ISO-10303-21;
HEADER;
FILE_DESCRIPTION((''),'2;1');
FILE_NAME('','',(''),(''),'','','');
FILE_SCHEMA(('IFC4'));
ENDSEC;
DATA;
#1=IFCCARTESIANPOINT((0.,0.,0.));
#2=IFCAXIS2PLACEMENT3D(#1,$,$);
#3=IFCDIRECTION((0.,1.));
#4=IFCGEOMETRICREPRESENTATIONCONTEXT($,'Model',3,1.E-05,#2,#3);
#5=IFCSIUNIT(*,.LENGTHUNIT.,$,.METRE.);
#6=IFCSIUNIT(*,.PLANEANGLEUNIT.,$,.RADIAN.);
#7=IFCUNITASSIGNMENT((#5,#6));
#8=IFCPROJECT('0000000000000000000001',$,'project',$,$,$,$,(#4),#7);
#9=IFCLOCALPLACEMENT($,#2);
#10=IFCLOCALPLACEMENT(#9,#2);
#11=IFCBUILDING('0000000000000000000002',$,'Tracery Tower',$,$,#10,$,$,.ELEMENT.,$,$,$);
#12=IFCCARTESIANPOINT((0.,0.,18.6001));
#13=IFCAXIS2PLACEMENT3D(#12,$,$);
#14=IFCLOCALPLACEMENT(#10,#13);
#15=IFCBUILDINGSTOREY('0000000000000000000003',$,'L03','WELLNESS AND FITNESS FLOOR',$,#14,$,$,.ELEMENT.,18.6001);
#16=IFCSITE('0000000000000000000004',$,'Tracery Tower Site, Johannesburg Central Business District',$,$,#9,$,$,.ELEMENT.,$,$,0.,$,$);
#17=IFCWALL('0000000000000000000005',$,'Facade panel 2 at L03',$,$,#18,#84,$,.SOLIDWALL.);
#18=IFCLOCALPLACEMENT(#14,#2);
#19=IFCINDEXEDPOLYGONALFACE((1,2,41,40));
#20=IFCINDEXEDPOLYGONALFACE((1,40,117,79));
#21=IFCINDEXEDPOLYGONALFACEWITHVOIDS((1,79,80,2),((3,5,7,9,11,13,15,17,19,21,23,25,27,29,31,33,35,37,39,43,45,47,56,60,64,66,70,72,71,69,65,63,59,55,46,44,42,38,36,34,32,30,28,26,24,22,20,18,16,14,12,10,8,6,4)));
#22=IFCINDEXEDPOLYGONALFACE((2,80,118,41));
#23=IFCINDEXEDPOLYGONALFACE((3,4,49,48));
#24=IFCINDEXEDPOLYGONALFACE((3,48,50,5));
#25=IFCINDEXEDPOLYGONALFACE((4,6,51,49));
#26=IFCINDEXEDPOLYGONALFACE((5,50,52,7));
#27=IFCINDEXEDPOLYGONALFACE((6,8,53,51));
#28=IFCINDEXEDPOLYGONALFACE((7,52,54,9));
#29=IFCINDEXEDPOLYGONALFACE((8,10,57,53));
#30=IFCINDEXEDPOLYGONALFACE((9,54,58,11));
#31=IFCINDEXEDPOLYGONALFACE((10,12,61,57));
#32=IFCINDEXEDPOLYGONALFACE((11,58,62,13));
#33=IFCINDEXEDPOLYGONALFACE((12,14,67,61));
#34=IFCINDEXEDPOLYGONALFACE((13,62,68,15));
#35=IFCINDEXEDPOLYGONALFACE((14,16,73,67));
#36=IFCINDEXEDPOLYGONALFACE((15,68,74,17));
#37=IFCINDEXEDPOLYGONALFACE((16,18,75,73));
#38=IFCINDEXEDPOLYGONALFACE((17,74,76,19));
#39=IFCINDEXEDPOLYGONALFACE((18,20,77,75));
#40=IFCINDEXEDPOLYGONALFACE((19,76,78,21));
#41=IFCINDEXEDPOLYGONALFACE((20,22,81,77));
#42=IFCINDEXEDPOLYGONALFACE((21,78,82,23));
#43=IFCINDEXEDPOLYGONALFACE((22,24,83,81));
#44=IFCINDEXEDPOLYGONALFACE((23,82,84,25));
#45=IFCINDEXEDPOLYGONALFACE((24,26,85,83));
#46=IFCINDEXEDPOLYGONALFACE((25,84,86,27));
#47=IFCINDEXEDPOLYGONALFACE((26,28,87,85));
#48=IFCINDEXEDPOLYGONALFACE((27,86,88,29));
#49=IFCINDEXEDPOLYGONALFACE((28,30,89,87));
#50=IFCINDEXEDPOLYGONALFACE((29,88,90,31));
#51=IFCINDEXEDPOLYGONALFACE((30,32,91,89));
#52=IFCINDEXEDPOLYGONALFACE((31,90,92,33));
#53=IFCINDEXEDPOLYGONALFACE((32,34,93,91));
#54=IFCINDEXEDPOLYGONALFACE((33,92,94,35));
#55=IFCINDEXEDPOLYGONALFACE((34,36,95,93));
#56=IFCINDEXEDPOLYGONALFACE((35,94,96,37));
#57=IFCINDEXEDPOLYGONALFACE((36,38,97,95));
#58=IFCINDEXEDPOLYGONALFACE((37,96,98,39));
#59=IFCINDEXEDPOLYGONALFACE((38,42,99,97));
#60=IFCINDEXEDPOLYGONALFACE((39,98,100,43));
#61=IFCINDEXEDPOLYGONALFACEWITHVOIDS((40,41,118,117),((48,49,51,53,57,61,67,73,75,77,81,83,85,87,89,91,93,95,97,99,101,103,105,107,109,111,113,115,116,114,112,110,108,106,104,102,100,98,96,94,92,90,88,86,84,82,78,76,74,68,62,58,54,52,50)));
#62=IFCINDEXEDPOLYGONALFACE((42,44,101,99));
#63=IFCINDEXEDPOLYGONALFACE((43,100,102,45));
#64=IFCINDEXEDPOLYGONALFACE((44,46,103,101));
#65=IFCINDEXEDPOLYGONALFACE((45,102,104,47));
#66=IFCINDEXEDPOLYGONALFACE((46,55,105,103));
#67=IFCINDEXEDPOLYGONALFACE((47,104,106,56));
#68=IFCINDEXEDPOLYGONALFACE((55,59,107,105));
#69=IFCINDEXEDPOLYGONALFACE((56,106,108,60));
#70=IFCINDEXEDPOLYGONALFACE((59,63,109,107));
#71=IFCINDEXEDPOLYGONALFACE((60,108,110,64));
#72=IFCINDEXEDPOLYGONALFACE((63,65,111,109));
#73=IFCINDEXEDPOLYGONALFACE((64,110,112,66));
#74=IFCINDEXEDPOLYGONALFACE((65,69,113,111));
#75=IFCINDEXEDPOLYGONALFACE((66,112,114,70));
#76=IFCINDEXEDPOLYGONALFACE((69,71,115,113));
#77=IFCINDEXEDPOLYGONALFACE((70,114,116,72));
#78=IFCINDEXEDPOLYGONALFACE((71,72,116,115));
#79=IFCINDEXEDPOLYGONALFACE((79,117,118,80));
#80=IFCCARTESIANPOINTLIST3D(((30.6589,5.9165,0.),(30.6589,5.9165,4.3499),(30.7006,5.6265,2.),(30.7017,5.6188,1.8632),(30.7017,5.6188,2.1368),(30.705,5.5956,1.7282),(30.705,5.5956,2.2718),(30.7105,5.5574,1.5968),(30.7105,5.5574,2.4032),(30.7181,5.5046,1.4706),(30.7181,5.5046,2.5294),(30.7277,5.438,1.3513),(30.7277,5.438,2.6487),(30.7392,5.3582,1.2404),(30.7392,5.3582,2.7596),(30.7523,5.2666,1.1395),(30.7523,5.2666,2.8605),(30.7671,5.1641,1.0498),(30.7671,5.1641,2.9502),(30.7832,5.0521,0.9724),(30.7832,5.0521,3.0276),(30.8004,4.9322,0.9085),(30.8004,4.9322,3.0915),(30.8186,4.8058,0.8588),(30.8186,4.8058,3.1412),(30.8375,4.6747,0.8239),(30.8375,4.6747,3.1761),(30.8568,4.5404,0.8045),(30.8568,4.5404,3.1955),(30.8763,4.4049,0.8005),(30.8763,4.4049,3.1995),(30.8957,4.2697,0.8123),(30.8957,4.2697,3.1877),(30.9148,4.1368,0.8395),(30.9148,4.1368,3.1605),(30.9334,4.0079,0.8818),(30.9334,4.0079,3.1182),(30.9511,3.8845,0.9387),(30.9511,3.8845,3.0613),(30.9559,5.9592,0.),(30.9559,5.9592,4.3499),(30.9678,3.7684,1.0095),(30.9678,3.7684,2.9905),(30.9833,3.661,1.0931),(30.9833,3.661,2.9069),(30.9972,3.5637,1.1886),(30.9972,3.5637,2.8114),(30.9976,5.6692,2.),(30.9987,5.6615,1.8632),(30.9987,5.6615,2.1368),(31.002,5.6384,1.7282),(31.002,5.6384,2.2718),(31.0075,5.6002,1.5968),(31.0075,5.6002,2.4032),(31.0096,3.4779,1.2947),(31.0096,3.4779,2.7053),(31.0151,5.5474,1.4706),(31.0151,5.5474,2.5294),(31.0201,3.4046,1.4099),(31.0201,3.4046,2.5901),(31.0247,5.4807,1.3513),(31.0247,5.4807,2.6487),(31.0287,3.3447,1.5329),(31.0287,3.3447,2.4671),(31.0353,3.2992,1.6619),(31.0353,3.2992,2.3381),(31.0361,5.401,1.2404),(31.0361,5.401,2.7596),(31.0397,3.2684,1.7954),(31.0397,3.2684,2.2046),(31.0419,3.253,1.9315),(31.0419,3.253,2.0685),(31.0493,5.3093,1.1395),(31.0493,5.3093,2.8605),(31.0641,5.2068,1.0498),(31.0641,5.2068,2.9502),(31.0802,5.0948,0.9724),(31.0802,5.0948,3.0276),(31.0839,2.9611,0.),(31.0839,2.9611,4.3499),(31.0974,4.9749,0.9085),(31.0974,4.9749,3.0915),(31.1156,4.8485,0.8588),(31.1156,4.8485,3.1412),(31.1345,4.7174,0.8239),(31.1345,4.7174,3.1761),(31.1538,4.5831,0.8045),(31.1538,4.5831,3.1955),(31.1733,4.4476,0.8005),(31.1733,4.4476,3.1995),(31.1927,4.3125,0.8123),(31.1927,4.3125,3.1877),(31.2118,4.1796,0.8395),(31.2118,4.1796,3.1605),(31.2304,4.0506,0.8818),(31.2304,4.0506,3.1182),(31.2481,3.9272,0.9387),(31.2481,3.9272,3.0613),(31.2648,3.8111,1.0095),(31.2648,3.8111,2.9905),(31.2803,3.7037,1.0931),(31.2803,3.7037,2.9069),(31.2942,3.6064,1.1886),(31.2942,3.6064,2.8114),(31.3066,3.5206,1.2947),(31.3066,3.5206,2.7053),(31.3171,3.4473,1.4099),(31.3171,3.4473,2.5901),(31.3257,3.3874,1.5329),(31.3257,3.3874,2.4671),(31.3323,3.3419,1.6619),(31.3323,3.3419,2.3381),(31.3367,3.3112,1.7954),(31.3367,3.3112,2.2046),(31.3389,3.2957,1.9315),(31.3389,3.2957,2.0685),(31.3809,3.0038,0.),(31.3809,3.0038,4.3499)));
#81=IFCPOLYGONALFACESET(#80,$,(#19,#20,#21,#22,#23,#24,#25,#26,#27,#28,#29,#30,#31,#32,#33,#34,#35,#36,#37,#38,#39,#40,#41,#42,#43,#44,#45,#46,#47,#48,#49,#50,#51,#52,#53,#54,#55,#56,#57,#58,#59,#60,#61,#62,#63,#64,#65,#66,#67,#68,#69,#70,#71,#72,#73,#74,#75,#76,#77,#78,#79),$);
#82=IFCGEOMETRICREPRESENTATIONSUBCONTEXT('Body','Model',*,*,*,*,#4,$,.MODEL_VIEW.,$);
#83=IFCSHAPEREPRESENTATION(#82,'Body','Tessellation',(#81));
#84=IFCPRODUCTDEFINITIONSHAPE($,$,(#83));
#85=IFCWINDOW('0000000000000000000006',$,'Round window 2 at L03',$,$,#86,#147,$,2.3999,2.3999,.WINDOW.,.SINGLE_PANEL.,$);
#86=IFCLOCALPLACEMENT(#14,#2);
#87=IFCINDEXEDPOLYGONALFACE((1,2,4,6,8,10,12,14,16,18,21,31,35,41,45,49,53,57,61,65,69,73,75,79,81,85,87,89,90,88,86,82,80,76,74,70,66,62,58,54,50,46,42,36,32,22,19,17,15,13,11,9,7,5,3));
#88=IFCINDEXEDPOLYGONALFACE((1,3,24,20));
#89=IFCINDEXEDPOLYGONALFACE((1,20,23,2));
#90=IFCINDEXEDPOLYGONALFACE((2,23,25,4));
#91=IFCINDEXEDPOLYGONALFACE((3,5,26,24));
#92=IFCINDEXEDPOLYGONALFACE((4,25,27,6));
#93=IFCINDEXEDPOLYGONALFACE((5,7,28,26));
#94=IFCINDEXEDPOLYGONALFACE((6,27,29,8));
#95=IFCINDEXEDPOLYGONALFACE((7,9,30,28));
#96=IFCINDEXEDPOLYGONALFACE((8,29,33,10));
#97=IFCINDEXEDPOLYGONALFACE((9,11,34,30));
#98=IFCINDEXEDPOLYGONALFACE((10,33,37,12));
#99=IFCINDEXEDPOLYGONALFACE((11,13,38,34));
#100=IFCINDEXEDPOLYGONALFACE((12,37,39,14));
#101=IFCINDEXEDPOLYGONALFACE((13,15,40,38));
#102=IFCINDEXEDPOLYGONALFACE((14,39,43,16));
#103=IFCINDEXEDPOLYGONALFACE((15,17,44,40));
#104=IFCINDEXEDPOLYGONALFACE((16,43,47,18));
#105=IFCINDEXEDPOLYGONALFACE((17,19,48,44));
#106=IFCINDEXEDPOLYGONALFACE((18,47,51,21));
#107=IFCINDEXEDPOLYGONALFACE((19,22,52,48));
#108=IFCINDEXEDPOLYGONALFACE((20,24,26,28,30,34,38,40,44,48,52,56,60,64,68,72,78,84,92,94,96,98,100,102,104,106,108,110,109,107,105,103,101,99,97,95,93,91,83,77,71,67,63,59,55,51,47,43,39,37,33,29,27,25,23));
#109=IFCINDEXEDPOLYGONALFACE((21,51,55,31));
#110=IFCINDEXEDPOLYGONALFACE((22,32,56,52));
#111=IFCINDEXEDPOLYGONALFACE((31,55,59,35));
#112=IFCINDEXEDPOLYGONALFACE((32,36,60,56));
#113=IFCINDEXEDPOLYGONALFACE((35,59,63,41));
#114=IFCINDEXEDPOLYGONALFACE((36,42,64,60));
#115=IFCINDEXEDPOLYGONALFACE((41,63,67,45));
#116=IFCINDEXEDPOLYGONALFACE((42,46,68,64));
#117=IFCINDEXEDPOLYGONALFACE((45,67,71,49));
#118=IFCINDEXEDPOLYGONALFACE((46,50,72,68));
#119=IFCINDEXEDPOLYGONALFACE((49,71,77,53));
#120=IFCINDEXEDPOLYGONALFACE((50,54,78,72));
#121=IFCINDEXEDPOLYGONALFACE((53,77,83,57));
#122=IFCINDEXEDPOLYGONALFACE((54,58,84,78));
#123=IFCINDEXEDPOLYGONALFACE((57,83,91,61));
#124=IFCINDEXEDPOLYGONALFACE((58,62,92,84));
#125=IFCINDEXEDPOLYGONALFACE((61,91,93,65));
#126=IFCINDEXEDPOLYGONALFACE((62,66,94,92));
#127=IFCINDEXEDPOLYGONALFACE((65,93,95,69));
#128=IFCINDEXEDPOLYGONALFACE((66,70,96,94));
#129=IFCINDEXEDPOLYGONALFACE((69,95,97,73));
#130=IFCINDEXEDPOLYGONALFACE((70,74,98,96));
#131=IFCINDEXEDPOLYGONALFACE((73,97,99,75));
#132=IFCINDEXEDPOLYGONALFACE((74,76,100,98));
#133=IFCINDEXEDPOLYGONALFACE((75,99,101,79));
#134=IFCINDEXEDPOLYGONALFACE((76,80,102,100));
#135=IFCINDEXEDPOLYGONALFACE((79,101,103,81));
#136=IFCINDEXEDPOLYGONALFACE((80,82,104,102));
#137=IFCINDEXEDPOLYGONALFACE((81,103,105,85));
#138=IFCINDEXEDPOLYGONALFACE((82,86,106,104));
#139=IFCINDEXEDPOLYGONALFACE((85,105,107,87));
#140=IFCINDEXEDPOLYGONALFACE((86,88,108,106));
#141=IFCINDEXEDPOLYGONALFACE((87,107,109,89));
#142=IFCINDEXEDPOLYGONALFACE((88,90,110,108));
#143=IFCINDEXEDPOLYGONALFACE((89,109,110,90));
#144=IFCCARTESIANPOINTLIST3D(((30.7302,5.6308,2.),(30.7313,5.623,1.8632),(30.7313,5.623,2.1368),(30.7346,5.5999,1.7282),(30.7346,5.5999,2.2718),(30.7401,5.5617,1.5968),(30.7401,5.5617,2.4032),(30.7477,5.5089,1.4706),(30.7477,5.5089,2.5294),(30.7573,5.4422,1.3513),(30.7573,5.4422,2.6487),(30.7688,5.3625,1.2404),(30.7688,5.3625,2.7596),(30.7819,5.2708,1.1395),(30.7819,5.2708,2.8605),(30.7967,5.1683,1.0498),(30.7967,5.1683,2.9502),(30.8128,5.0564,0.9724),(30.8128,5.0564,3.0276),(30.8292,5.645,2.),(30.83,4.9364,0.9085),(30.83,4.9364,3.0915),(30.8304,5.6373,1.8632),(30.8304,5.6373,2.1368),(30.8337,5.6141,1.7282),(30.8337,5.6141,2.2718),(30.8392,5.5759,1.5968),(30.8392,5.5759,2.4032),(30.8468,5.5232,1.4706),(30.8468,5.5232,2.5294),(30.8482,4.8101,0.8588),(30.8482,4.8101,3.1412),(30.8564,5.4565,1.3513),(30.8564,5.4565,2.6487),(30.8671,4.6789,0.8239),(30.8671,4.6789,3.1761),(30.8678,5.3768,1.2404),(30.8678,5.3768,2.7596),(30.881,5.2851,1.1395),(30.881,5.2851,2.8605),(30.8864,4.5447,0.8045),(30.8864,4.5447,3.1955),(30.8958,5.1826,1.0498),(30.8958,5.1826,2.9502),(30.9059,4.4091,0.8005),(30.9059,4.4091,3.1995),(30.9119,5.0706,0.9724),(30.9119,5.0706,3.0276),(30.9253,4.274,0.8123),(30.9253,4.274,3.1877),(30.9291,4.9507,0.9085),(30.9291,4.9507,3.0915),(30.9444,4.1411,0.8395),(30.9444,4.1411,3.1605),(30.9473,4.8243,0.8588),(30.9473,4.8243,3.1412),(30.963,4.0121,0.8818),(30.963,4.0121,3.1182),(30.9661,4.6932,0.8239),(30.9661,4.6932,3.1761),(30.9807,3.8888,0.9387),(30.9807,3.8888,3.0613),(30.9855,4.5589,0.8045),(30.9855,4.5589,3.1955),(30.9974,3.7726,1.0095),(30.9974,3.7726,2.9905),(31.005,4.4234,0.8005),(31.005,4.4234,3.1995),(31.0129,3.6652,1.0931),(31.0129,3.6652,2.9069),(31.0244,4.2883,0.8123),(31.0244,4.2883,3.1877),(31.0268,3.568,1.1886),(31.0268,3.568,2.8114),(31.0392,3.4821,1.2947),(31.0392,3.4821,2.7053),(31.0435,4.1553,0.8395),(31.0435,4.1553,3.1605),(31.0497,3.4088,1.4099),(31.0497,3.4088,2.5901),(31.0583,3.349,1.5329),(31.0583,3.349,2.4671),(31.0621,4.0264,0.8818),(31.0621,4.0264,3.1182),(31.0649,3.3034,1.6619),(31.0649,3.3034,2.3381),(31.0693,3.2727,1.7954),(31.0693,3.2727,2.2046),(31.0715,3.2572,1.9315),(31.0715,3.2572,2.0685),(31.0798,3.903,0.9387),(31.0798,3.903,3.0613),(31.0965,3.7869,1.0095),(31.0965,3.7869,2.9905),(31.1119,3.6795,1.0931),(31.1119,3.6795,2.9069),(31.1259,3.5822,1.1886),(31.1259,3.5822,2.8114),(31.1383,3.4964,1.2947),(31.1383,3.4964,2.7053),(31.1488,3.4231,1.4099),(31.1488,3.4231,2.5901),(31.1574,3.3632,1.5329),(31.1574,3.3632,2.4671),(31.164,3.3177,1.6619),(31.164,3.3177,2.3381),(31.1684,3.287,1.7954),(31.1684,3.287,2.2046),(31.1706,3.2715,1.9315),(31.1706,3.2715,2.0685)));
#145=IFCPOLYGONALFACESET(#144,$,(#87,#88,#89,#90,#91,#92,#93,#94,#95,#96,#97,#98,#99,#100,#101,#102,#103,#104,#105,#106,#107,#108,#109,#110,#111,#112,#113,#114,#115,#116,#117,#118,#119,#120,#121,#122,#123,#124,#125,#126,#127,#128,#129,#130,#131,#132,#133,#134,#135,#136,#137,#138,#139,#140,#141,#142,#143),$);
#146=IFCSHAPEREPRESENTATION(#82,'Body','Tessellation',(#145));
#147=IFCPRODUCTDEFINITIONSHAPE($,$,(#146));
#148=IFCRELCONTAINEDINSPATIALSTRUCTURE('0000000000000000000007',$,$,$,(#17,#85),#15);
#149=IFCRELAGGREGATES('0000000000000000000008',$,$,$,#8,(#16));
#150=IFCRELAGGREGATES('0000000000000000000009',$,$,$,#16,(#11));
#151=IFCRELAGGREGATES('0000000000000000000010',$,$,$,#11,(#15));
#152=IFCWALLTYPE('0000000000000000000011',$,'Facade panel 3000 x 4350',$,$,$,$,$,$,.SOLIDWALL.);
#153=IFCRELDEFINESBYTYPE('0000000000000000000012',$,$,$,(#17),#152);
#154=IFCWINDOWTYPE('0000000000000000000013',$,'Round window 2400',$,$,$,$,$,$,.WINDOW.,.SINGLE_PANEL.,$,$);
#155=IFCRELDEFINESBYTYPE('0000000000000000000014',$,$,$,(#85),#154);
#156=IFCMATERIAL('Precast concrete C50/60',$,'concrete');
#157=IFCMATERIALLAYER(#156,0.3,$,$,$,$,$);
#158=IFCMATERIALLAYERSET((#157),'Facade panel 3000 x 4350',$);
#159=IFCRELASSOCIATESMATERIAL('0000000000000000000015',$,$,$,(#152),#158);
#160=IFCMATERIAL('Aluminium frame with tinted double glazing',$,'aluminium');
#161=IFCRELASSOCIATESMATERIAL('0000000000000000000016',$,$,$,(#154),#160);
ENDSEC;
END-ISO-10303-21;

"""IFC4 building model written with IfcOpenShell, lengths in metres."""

from ifc_helpers import new_model, si_unit, direction, frame, frame_2d, origin, origin_2d, place, context, subcontext, project, spatial, rectangle, circle, extrude, material, layer, layer_set, type_object, element, fill, save


model = new_model("IFC4")

# Units and contexts
model_context = context("Model", 3, precision=1e-05, world=origin(), true_north=direction((0.0, 1.0)))
body_context = subcontext(model_context, "Body", "Model", "MODEL_VIEW")
ifc_project = project(units=[si_unit("LENGTHUNIT", "METRE"), si_unit("PLANEANGLEUNIT", "RADIAN")], contexts=[model_context])

# Site, building, storey
site_placement = place(None, origin())
site = spatial("IfcSite", under=ifc_project, at=site_placement, Name="Tracery Tower Site, Johannesburg Central Business District", CompositionType="ELEMENT", RefElevation=0.0)
building_placement = place(site_placement, origin())
building = spatial("IfcBuilding", under=site, at=building_placement, Name="Tracery Tower", CompositionType="ELEMENT")
storey_placement = place(building_placement, frame((0.0, 0.0, 18.6001)))
storey = spatial("IfcBuildingStorey", under=building, at=storey_placement, Name="L03", Description="WELLNESS AND FITNESS FLOOR", CompositionType="ELEMENT", Elevation=18.6001)

# Wall, opening, window
ifc_material_1 = material(Name="Precast concrete C50/60", Category="concrete")
ifc_layer_1 = layer(ifc_material_1, 0.3)
ifc_layer_set_1 = layer_set([ifc_layer_1], Name="Facade panel 3000 x 4350")
wall_type_1 = type_object("IfcWallType", Name="Facade panel 3000 x 4350", PredefinedType="SOLIDWALL", material=ifc_layer_set_1)
ifc_material_2 = material(Name="Aluminium frame with tinted double glazing", Category="aluminium")
window_type = type_object("IfcWindowType", Name="Round window 2400", PartitioningType="SINGLE_PANEL", PredefinedType="WINDOW", material=ifc_material_2)
wall_1_placement = place(storey_placement, frame((31.2324, 2.9824, 0.0), z_axis=(0.0, 0.0, 1.0), x_axis=(-0.14236, 0.989815, 0.0)))
wall_1 = element("IfcWall", 1, at=wall_1_placement, inside=storey, type_object=wall_type_1, Name="Facade panel 2 at L03", PredefinedType="SOLIDWALL", context=body_context, shape_type="SweptSolid", body=[
    extrude(rectangle(XDim=2.9858, YDim=0.3, at=frame_2d((1.4929, 0.0))), origin(), (0.0, 0.0, 1.0), 4.3499),
])
opening_1_placement = place(wall_1_placement, frame((1.4929, 0.0, 2.0)))
opening_1 = element("IfcOpeningElement", 2, at=opening_1_placement, cuts=wall_1, PredefinedType="OPENING", context=body_context, shape_type="SweptSolid", body=[
    extrude(circle(Radius=1.2, at=origin_2d()), frame((0.0, 0.1599, 0.0), z_axis=(0.0, -1.0, 0.0), x_axis=(1.0, 0.0, 0.0)), (0.0, 0.0, 1.0), 0.3201),
])
window_1_placement = place(opening_1_placement, origin())
window_1 = element("IfcWindow", 3, at=window_1_placement, inside=storey, type_object=window_type, Name="Round window 2 at L03", OverallHeight=2.3999, OverallWidth=2.3999, PartitioningType="SINGLE_PANEL", PredefinedType="WINDOW", context=body_context, shape_type="SweptSolid", body=[
    extrude(circle(Radius=1.2, at=origin_2d()), frame((0.0, 0.1201, 0.0), z_axis=(0.0, -1.0, 0.0), x_axis=(1.0, 0.0, 0.0)), (0.0, 0.0, 1.0), 0.1001),
])
fill(opening_1, window_1)

save(model, "model.ifc")
